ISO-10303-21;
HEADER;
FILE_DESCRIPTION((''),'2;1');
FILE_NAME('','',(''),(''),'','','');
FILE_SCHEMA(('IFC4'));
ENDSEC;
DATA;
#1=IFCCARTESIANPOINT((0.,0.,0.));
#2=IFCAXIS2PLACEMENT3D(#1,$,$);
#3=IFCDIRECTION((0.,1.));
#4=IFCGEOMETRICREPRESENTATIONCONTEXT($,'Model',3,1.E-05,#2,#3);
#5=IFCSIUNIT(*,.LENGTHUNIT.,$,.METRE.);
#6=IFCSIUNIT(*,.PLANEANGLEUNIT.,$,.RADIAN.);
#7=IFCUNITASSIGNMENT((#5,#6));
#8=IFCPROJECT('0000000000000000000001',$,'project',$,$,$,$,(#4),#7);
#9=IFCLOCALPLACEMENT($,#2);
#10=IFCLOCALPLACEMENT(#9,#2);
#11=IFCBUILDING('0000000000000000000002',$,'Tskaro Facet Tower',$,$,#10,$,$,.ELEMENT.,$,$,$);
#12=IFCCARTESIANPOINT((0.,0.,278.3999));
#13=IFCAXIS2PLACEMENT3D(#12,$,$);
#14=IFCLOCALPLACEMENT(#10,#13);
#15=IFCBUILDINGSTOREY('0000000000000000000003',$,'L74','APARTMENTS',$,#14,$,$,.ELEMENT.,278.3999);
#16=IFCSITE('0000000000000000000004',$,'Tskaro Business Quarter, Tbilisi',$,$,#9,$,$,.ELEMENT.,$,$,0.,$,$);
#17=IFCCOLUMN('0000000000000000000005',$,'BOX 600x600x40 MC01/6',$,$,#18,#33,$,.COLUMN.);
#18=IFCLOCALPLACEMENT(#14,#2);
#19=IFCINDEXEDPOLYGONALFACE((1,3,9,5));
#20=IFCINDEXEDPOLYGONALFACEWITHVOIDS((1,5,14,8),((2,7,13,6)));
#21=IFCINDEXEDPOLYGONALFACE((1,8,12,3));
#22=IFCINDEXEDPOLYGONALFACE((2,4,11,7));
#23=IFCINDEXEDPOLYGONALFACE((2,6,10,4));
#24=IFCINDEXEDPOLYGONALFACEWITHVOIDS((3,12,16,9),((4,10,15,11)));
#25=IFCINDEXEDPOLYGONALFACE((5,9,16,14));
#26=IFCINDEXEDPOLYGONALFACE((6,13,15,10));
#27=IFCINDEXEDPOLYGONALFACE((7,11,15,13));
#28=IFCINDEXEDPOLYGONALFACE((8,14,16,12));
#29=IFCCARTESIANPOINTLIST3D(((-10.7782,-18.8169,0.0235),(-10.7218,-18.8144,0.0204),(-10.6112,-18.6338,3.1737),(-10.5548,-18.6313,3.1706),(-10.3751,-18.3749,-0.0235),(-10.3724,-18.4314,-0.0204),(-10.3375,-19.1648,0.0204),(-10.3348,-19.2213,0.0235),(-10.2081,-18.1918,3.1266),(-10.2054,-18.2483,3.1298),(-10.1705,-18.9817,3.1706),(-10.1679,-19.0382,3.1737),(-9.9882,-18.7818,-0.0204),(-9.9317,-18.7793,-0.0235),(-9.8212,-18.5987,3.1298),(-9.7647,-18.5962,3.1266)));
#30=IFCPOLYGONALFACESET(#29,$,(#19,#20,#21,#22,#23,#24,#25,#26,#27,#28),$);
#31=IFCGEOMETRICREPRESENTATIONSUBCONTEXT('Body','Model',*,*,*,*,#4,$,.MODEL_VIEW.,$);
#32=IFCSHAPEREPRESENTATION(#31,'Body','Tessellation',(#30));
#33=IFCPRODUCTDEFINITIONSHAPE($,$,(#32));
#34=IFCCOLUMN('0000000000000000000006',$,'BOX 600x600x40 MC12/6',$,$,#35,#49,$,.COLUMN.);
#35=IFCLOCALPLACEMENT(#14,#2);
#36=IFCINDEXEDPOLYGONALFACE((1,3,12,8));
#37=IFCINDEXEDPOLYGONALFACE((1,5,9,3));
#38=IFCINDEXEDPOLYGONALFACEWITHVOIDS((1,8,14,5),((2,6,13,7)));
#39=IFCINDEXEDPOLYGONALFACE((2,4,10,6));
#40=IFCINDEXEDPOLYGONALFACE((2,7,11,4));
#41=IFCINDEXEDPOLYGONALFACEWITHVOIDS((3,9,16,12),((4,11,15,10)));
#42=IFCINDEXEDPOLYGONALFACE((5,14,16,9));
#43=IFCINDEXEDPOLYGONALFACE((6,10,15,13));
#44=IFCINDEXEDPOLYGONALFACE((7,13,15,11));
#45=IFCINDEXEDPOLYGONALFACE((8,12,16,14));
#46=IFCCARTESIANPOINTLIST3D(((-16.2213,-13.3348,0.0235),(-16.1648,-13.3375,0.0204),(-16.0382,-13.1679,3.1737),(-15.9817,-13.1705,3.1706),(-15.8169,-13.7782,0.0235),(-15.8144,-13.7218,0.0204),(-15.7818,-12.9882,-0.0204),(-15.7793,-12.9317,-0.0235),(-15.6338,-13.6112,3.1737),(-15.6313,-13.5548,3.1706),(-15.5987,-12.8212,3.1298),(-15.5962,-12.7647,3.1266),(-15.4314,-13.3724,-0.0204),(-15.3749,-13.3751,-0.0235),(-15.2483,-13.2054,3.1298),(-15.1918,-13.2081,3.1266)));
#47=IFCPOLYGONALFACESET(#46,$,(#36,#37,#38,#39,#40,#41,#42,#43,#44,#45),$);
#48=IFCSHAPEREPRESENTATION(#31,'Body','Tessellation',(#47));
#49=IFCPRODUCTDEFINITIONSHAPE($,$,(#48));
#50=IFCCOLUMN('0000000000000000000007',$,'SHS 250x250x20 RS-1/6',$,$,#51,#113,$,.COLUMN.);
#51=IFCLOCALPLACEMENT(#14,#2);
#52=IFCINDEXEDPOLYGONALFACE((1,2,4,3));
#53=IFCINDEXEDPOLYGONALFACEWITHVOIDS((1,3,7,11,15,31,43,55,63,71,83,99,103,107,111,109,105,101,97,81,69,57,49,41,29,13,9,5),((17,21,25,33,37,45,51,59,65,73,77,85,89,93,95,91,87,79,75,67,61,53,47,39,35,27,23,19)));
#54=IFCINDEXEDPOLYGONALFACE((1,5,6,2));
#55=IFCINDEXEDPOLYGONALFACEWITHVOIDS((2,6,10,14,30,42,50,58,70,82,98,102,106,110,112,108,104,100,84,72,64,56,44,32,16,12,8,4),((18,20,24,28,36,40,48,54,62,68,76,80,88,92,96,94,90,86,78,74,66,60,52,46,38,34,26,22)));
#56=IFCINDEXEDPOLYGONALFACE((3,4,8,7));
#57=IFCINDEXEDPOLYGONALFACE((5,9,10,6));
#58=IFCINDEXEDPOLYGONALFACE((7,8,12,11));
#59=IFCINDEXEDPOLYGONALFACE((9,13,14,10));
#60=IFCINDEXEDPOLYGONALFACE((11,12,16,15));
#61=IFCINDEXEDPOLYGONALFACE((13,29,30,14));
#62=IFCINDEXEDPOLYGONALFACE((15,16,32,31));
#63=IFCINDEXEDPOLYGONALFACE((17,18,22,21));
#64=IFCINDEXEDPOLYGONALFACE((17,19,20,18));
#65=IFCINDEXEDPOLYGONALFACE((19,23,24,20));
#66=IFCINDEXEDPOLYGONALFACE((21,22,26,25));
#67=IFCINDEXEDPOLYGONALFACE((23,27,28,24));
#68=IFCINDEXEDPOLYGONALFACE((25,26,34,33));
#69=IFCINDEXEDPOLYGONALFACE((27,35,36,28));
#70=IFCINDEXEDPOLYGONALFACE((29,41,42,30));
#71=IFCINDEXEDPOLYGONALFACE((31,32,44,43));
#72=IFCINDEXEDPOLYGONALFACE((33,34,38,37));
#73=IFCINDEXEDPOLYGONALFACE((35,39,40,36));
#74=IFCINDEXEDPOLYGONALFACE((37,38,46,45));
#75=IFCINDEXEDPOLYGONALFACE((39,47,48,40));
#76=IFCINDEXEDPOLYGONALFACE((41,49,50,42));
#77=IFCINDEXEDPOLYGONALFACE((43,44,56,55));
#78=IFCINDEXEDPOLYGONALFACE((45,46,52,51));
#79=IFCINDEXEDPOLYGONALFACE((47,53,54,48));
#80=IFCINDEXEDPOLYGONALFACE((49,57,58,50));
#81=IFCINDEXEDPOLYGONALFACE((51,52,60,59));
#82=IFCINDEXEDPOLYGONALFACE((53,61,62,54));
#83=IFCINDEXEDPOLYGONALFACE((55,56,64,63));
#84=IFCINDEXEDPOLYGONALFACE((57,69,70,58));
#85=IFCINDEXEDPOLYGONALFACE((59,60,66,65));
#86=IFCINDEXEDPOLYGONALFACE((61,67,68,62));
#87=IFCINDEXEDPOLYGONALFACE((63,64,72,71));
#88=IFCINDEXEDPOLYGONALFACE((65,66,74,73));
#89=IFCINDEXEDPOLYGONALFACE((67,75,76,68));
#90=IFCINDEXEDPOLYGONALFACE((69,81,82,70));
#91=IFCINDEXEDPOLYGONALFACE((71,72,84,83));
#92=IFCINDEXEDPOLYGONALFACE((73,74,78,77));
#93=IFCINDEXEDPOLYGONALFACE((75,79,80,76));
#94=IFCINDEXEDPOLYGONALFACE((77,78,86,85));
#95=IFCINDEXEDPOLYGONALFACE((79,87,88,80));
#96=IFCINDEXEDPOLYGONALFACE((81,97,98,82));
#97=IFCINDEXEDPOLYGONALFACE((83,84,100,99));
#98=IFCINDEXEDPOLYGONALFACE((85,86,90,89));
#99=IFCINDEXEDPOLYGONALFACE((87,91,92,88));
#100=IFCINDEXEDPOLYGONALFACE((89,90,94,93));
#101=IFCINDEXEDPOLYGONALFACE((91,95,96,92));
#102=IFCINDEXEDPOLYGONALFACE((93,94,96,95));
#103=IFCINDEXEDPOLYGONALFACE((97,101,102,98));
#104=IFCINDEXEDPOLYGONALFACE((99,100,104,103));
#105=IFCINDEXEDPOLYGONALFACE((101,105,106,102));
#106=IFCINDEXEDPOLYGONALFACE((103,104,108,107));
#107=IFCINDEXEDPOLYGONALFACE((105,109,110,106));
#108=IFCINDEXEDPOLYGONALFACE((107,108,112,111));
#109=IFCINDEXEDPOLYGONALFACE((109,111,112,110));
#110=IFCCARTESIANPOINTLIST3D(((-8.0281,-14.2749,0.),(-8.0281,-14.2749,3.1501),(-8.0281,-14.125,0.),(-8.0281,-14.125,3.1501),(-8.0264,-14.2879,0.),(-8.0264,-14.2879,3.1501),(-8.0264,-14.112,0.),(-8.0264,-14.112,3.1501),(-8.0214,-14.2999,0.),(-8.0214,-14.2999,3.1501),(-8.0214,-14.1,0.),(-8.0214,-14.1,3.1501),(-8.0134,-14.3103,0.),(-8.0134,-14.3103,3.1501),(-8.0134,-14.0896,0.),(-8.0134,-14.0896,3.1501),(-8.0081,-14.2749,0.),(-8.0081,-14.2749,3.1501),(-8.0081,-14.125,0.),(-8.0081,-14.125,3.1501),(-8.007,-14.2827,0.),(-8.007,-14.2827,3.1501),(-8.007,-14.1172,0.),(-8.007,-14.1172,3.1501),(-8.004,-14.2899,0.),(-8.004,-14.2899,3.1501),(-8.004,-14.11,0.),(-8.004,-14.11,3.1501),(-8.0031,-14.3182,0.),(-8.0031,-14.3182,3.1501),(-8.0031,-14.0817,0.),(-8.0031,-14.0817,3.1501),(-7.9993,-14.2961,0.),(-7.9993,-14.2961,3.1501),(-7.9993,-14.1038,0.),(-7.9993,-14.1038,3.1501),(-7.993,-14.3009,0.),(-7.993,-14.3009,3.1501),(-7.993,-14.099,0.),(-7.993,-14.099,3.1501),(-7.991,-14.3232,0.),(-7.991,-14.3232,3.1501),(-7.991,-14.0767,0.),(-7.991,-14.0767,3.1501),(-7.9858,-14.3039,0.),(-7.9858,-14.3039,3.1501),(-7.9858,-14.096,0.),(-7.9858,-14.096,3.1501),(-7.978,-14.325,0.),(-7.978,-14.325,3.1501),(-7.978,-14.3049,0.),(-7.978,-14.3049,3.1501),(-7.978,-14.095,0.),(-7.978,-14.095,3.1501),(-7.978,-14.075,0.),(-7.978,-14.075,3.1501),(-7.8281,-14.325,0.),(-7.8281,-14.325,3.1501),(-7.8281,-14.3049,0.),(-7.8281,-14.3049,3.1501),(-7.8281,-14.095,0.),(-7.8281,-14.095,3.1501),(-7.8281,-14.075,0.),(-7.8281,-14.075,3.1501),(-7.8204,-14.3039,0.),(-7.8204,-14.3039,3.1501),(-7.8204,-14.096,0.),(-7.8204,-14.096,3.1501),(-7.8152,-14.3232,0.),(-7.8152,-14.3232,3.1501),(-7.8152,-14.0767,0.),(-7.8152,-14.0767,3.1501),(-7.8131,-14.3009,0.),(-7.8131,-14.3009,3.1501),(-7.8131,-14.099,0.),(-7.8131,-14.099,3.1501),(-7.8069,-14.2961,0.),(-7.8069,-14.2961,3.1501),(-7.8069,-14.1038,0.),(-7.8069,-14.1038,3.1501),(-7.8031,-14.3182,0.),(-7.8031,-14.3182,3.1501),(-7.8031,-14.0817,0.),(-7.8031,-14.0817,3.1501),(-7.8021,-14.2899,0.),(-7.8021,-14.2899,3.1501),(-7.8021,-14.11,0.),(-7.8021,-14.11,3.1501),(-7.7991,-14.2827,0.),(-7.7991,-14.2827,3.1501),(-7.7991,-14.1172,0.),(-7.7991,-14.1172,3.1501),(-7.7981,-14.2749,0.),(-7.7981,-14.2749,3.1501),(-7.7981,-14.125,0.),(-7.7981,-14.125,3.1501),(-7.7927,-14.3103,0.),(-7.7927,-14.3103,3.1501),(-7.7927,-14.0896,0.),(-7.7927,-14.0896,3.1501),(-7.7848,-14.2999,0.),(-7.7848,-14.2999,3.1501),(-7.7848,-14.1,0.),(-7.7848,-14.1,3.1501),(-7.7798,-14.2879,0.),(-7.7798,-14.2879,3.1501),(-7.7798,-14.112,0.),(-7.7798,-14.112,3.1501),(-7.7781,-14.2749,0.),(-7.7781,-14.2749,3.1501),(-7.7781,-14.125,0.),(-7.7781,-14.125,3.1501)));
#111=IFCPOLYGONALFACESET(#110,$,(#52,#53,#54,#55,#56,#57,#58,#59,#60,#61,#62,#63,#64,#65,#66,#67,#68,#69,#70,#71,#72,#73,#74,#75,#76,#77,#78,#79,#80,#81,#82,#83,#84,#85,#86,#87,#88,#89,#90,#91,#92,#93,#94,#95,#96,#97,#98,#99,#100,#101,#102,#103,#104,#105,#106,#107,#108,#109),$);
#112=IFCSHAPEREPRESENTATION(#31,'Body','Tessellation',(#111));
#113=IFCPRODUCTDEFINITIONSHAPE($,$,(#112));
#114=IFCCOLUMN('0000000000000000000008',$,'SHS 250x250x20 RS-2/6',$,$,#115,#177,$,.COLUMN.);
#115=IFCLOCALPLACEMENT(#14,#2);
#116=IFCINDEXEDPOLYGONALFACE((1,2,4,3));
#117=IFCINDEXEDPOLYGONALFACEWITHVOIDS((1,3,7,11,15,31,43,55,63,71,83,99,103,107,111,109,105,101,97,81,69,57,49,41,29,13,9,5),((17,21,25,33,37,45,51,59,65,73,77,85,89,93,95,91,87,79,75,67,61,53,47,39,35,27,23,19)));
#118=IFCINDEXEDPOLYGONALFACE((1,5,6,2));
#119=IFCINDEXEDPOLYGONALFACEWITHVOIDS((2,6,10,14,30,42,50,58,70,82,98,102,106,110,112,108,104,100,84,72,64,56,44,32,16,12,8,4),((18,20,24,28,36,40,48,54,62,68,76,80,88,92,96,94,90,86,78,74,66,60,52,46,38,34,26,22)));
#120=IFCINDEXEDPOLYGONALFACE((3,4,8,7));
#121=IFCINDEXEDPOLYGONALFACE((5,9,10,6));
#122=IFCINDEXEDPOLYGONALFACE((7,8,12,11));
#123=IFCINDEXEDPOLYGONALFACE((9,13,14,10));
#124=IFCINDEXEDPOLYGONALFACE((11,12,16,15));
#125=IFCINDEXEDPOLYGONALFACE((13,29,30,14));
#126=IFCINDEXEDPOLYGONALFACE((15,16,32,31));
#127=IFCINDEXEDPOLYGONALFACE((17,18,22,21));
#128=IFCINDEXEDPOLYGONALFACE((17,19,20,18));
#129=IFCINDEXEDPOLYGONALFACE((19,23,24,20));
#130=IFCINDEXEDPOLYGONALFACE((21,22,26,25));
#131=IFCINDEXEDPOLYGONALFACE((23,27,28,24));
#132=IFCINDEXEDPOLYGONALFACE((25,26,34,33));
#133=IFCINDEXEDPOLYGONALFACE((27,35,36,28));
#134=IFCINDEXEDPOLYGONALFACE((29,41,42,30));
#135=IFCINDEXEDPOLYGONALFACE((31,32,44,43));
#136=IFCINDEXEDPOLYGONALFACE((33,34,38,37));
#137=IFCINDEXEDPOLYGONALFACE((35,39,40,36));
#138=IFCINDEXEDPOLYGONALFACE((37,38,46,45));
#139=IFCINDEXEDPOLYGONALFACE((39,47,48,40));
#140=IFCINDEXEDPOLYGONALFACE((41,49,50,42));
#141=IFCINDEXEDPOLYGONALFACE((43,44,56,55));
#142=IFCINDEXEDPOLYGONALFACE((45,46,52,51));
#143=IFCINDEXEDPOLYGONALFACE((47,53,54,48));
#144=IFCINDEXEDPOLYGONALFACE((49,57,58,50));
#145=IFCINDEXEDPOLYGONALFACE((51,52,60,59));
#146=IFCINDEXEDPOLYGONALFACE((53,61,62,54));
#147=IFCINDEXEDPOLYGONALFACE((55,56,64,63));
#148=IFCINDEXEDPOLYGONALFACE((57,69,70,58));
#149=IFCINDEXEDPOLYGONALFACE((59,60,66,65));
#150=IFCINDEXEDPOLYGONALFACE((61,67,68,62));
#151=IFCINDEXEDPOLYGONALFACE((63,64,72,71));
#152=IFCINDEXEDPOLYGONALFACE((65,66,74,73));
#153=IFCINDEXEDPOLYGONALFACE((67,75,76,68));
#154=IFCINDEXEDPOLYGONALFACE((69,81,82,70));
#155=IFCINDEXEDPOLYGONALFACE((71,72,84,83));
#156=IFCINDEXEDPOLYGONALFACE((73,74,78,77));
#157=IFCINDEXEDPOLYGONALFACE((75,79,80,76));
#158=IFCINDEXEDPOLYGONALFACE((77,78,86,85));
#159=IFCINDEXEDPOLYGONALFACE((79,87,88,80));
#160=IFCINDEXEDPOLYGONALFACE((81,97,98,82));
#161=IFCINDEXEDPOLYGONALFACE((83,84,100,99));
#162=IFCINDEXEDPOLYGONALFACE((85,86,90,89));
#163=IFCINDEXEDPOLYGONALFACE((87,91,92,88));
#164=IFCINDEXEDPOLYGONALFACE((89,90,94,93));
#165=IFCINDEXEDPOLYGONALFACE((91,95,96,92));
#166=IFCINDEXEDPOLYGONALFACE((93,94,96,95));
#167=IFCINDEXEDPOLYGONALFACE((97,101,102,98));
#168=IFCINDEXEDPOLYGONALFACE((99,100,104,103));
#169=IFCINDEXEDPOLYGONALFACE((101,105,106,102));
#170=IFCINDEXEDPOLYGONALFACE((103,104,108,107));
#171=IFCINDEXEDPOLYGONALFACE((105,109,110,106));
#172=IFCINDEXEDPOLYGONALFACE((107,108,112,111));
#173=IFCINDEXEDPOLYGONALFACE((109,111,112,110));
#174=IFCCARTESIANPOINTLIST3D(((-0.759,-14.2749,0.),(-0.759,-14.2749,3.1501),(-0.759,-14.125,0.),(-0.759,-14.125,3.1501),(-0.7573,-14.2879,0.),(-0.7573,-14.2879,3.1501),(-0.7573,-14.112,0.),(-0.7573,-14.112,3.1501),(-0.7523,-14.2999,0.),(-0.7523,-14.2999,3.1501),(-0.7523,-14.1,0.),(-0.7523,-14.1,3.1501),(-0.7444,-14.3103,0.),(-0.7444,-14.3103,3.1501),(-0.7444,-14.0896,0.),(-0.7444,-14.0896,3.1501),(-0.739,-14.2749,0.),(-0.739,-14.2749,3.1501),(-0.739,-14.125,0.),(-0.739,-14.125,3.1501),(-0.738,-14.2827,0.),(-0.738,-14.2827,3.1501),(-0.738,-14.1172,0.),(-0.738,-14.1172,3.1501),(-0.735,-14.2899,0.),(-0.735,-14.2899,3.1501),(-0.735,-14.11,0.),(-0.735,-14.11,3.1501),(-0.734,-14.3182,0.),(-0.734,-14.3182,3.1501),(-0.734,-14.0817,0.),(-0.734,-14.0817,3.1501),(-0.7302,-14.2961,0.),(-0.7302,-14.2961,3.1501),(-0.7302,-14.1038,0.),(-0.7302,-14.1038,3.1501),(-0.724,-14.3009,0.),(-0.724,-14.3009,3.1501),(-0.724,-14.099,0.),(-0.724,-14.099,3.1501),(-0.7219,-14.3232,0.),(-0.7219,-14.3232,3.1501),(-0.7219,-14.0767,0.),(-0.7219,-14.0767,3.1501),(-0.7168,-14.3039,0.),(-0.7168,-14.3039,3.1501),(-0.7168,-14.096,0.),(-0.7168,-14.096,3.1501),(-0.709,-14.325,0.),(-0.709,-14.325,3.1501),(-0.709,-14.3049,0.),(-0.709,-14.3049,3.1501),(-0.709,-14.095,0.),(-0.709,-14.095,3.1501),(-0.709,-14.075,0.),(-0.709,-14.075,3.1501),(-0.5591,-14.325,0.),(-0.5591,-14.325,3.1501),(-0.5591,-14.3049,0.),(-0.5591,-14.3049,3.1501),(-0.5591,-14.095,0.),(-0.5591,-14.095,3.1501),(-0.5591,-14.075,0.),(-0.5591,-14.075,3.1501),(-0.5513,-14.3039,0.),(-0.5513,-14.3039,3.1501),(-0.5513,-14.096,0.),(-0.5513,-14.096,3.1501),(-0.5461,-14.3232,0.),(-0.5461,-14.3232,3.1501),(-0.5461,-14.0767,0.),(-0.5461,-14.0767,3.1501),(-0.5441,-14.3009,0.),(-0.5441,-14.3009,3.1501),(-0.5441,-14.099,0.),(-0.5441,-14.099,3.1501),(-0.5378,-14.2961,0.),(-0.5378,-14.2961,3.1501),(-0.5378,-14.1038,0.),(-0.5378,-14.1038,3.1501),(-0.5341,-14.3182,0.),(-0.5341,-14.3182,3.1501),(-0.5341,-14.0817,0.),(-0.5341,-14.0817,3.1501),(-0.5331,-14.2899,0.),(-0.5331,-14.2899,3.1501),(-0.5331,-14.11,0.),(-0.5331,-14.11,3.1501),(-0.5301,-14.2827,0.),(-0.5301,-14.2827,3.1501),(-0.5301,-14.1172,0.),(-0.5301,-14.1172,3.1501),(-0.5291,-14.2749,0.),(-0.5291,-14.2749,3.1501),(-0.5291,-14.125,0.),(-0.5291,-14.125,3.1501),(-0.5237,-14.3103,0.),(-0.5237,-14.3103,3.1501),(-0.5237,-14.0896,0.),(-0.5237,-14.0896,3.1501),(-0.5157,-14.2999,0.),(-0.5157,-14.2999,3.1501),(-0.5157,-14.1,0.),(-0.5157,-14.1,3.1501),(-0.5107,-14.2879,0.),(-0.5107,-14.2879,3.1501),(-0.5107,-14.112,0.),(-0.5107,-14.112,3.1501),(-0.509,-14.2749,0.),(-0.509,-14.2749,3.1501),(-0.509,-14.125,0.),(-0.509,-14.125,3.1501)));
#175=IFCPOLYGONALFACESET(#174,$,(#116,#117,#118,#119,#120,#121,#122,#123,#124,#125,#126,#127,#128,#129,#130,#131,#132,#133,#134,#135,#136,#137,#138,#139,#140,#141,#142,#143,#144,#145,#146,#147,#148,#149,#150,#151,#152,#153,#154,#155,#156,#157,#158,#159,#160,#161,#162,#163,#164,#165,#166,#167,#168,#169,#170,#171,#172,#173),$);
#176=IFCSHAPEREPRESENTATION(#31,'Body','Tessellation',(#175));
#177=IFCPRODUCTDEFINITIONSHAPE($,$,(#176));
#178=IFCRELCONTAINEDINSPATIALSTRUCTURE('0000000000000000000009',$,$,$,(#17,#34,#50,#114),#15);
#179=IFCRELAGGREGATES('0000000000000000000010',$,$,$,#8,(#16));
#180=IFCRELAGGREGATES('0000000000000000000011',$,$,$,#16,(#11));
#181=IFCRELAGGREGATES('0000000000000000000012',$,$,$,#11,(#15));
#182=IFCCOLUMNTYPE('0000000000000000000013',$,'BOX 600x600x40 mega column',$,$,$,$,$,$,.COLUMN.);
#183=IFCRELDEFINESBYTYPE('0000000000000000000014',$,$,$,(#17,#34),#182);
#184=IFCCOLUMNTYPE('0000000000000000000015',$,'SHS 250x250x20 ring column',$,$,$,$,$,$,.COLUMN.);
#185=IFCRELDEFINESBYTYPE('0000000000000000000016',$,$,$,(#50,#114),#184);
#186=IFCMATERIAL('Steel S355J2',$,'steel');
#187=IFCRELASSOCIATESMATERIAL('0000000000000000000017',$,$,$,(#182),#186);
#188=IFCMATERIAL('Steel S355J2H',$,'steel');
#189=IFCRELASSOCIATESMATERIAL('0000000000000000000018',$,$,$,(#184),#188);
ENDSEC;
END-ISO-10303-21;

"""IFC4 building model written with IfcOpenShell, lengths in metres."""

from ifc_helpers import new_model, si_unit, direction, frame, origin, origin_2d, place, context, subcontext, project, spatial, hollow_rectangle, extrude, material, material_profile, profile_set, type_object, element, save


model = new_model("IFC4")

# Units and contexts
model_context = context("Model", 3, precision=1e-05, world=origin(), true_north=direction((0.0, 1.0)))
body_context = subcontext(model_context, "Body", "Model", "MODEL_VIEW")
ifc_project = project(units=[si_unit("LENGTHUNIT", "METRE"), si_unit("PLANEANGLEUNIT", "RADIAN")], contexts=[model_context])

# Site, building, storey
site_placement = place(None, origin())
site = spatial("IfcSite", under=ifc_project, at=site_placement, Name="Tskaro Business Quarter, Tbilisi", CompositionType="ELEMENT", RefElevation=0.0)
building_placement = place(site_placement, origin())
building = spatial("IfcBuilding", under=site, at=building_placement, Name="Tskaro Facet Tower", CompositionType="ELEMENT")
storey_placement = place(building_placement, frame((0.0, 0.0, 278.3999)))
storey = spatial("IfcBuildingStorey", under=building, at=storey_placement, Name="L74", Description="APARTMENTS", CompositionType="ELEMENT", Elevation=278.3999)

# Columns
ifc_material_1 = material(Name="Steel S355J2", Category="steel")
ifc_material_profile_1 = material_profile(ifc_material_1, hollow_rectangle(XDim=0.6001, YDim=0.6001, WallThickness=0.04, at=origin_2d()), Name="BOX 600x600x40")
ifc_profile_set_1 = profile_set([ifc_material_profile_1], Name="Steel S355J2")
column_type_1 = type_object("IfcColumnType", Name="BOX 600x600x40 mega column", PredefinedType="COLUMN", material=ifc_profile_set_1)
for number, where, z_axis, x_axis, name in (
    (1, (-10.355, -18.7981, 0.0), (0.052848, 0.057947, 0.99692), (-0.738869, 0.673849, 0.0), "BOX 600x600x40 MC01/6"),
    (2, (-15.7981, -13.355, 0.0), (0.057947, 0.052848, 0.99692), (-0.673849, 0.738869, 0.0), "BOX 600x600x40 MC12/6"),
):
    element("IfcColumn", number, at=place(storey_placement, frame(where, z_axis=z_axis, x_axis=x_axis)), inside=storey, type_object=column_type_1, Name=name, PredefinedType="COLUMN", context=body_context, shape_type="SweptSolid", body=[
        extrude(hollow_rectangle(XDim=0.6001, YDim=0.6001, WallThickness=0.04, at=origin_2d()), origin(), (0.0, 0.0, 1.0), 3.1599),
    ])
ifc_material_2 = material(Name="Steel S355J2H", Category="steel")
ifc_material_profile_2 = material_profile(ifc_material_2, hollow_rectangle(XDim=0.25, YDim=0.25, WallThickness=0.02, InnerFilletRadius=0.03, OuterFilletRadius=0.05, at=origin_2d()), Name="SHS 250x250x20")
ifc_profile_set_2 = profile_set([ifc_material_profile_2], Name="Steel S355J2H")
column_type_2 = type_object("IfcColumnType", Name="SHS 250x250x20 ring column", PredefinedType="COLUMN", material=ifc_profile_set_2)
for number, where, z_axis, x_axis, name in (
    (3, (-7.9031, -14.2, 0.0), (0.0, 0.0, 1.0), (1.0, 0.0, 0.0), "SHS 250x250x20 RS-1/6"),
    (4, (-0.634, -14.2, 0.0), (0.0, 0.0, 1.0), (1.0, 0.0, 0.0), "SHS 250x250x20 RS-2/6"),
):
    element("IfcColumn", number, at=place(storey_placement, frame(where, z_axis=z_axis, x_axis=x_axis)), inside=storey, type_object=column_type_2, Name=name, PredefinedType="COLUMN", context=body_context, shape_type="SweptSolid", body=[
        extrude(hollow_rectangle(XDim=0.25, YDim=0.25, WallThickness=0.02, InnerFilletRadius=0.03, OuterFilletRadius=0.05, at=origin_2d()), origin(), (0.0, 0.0, 1.0), 3.1501),
    ])

save(model, "model.ifc")
